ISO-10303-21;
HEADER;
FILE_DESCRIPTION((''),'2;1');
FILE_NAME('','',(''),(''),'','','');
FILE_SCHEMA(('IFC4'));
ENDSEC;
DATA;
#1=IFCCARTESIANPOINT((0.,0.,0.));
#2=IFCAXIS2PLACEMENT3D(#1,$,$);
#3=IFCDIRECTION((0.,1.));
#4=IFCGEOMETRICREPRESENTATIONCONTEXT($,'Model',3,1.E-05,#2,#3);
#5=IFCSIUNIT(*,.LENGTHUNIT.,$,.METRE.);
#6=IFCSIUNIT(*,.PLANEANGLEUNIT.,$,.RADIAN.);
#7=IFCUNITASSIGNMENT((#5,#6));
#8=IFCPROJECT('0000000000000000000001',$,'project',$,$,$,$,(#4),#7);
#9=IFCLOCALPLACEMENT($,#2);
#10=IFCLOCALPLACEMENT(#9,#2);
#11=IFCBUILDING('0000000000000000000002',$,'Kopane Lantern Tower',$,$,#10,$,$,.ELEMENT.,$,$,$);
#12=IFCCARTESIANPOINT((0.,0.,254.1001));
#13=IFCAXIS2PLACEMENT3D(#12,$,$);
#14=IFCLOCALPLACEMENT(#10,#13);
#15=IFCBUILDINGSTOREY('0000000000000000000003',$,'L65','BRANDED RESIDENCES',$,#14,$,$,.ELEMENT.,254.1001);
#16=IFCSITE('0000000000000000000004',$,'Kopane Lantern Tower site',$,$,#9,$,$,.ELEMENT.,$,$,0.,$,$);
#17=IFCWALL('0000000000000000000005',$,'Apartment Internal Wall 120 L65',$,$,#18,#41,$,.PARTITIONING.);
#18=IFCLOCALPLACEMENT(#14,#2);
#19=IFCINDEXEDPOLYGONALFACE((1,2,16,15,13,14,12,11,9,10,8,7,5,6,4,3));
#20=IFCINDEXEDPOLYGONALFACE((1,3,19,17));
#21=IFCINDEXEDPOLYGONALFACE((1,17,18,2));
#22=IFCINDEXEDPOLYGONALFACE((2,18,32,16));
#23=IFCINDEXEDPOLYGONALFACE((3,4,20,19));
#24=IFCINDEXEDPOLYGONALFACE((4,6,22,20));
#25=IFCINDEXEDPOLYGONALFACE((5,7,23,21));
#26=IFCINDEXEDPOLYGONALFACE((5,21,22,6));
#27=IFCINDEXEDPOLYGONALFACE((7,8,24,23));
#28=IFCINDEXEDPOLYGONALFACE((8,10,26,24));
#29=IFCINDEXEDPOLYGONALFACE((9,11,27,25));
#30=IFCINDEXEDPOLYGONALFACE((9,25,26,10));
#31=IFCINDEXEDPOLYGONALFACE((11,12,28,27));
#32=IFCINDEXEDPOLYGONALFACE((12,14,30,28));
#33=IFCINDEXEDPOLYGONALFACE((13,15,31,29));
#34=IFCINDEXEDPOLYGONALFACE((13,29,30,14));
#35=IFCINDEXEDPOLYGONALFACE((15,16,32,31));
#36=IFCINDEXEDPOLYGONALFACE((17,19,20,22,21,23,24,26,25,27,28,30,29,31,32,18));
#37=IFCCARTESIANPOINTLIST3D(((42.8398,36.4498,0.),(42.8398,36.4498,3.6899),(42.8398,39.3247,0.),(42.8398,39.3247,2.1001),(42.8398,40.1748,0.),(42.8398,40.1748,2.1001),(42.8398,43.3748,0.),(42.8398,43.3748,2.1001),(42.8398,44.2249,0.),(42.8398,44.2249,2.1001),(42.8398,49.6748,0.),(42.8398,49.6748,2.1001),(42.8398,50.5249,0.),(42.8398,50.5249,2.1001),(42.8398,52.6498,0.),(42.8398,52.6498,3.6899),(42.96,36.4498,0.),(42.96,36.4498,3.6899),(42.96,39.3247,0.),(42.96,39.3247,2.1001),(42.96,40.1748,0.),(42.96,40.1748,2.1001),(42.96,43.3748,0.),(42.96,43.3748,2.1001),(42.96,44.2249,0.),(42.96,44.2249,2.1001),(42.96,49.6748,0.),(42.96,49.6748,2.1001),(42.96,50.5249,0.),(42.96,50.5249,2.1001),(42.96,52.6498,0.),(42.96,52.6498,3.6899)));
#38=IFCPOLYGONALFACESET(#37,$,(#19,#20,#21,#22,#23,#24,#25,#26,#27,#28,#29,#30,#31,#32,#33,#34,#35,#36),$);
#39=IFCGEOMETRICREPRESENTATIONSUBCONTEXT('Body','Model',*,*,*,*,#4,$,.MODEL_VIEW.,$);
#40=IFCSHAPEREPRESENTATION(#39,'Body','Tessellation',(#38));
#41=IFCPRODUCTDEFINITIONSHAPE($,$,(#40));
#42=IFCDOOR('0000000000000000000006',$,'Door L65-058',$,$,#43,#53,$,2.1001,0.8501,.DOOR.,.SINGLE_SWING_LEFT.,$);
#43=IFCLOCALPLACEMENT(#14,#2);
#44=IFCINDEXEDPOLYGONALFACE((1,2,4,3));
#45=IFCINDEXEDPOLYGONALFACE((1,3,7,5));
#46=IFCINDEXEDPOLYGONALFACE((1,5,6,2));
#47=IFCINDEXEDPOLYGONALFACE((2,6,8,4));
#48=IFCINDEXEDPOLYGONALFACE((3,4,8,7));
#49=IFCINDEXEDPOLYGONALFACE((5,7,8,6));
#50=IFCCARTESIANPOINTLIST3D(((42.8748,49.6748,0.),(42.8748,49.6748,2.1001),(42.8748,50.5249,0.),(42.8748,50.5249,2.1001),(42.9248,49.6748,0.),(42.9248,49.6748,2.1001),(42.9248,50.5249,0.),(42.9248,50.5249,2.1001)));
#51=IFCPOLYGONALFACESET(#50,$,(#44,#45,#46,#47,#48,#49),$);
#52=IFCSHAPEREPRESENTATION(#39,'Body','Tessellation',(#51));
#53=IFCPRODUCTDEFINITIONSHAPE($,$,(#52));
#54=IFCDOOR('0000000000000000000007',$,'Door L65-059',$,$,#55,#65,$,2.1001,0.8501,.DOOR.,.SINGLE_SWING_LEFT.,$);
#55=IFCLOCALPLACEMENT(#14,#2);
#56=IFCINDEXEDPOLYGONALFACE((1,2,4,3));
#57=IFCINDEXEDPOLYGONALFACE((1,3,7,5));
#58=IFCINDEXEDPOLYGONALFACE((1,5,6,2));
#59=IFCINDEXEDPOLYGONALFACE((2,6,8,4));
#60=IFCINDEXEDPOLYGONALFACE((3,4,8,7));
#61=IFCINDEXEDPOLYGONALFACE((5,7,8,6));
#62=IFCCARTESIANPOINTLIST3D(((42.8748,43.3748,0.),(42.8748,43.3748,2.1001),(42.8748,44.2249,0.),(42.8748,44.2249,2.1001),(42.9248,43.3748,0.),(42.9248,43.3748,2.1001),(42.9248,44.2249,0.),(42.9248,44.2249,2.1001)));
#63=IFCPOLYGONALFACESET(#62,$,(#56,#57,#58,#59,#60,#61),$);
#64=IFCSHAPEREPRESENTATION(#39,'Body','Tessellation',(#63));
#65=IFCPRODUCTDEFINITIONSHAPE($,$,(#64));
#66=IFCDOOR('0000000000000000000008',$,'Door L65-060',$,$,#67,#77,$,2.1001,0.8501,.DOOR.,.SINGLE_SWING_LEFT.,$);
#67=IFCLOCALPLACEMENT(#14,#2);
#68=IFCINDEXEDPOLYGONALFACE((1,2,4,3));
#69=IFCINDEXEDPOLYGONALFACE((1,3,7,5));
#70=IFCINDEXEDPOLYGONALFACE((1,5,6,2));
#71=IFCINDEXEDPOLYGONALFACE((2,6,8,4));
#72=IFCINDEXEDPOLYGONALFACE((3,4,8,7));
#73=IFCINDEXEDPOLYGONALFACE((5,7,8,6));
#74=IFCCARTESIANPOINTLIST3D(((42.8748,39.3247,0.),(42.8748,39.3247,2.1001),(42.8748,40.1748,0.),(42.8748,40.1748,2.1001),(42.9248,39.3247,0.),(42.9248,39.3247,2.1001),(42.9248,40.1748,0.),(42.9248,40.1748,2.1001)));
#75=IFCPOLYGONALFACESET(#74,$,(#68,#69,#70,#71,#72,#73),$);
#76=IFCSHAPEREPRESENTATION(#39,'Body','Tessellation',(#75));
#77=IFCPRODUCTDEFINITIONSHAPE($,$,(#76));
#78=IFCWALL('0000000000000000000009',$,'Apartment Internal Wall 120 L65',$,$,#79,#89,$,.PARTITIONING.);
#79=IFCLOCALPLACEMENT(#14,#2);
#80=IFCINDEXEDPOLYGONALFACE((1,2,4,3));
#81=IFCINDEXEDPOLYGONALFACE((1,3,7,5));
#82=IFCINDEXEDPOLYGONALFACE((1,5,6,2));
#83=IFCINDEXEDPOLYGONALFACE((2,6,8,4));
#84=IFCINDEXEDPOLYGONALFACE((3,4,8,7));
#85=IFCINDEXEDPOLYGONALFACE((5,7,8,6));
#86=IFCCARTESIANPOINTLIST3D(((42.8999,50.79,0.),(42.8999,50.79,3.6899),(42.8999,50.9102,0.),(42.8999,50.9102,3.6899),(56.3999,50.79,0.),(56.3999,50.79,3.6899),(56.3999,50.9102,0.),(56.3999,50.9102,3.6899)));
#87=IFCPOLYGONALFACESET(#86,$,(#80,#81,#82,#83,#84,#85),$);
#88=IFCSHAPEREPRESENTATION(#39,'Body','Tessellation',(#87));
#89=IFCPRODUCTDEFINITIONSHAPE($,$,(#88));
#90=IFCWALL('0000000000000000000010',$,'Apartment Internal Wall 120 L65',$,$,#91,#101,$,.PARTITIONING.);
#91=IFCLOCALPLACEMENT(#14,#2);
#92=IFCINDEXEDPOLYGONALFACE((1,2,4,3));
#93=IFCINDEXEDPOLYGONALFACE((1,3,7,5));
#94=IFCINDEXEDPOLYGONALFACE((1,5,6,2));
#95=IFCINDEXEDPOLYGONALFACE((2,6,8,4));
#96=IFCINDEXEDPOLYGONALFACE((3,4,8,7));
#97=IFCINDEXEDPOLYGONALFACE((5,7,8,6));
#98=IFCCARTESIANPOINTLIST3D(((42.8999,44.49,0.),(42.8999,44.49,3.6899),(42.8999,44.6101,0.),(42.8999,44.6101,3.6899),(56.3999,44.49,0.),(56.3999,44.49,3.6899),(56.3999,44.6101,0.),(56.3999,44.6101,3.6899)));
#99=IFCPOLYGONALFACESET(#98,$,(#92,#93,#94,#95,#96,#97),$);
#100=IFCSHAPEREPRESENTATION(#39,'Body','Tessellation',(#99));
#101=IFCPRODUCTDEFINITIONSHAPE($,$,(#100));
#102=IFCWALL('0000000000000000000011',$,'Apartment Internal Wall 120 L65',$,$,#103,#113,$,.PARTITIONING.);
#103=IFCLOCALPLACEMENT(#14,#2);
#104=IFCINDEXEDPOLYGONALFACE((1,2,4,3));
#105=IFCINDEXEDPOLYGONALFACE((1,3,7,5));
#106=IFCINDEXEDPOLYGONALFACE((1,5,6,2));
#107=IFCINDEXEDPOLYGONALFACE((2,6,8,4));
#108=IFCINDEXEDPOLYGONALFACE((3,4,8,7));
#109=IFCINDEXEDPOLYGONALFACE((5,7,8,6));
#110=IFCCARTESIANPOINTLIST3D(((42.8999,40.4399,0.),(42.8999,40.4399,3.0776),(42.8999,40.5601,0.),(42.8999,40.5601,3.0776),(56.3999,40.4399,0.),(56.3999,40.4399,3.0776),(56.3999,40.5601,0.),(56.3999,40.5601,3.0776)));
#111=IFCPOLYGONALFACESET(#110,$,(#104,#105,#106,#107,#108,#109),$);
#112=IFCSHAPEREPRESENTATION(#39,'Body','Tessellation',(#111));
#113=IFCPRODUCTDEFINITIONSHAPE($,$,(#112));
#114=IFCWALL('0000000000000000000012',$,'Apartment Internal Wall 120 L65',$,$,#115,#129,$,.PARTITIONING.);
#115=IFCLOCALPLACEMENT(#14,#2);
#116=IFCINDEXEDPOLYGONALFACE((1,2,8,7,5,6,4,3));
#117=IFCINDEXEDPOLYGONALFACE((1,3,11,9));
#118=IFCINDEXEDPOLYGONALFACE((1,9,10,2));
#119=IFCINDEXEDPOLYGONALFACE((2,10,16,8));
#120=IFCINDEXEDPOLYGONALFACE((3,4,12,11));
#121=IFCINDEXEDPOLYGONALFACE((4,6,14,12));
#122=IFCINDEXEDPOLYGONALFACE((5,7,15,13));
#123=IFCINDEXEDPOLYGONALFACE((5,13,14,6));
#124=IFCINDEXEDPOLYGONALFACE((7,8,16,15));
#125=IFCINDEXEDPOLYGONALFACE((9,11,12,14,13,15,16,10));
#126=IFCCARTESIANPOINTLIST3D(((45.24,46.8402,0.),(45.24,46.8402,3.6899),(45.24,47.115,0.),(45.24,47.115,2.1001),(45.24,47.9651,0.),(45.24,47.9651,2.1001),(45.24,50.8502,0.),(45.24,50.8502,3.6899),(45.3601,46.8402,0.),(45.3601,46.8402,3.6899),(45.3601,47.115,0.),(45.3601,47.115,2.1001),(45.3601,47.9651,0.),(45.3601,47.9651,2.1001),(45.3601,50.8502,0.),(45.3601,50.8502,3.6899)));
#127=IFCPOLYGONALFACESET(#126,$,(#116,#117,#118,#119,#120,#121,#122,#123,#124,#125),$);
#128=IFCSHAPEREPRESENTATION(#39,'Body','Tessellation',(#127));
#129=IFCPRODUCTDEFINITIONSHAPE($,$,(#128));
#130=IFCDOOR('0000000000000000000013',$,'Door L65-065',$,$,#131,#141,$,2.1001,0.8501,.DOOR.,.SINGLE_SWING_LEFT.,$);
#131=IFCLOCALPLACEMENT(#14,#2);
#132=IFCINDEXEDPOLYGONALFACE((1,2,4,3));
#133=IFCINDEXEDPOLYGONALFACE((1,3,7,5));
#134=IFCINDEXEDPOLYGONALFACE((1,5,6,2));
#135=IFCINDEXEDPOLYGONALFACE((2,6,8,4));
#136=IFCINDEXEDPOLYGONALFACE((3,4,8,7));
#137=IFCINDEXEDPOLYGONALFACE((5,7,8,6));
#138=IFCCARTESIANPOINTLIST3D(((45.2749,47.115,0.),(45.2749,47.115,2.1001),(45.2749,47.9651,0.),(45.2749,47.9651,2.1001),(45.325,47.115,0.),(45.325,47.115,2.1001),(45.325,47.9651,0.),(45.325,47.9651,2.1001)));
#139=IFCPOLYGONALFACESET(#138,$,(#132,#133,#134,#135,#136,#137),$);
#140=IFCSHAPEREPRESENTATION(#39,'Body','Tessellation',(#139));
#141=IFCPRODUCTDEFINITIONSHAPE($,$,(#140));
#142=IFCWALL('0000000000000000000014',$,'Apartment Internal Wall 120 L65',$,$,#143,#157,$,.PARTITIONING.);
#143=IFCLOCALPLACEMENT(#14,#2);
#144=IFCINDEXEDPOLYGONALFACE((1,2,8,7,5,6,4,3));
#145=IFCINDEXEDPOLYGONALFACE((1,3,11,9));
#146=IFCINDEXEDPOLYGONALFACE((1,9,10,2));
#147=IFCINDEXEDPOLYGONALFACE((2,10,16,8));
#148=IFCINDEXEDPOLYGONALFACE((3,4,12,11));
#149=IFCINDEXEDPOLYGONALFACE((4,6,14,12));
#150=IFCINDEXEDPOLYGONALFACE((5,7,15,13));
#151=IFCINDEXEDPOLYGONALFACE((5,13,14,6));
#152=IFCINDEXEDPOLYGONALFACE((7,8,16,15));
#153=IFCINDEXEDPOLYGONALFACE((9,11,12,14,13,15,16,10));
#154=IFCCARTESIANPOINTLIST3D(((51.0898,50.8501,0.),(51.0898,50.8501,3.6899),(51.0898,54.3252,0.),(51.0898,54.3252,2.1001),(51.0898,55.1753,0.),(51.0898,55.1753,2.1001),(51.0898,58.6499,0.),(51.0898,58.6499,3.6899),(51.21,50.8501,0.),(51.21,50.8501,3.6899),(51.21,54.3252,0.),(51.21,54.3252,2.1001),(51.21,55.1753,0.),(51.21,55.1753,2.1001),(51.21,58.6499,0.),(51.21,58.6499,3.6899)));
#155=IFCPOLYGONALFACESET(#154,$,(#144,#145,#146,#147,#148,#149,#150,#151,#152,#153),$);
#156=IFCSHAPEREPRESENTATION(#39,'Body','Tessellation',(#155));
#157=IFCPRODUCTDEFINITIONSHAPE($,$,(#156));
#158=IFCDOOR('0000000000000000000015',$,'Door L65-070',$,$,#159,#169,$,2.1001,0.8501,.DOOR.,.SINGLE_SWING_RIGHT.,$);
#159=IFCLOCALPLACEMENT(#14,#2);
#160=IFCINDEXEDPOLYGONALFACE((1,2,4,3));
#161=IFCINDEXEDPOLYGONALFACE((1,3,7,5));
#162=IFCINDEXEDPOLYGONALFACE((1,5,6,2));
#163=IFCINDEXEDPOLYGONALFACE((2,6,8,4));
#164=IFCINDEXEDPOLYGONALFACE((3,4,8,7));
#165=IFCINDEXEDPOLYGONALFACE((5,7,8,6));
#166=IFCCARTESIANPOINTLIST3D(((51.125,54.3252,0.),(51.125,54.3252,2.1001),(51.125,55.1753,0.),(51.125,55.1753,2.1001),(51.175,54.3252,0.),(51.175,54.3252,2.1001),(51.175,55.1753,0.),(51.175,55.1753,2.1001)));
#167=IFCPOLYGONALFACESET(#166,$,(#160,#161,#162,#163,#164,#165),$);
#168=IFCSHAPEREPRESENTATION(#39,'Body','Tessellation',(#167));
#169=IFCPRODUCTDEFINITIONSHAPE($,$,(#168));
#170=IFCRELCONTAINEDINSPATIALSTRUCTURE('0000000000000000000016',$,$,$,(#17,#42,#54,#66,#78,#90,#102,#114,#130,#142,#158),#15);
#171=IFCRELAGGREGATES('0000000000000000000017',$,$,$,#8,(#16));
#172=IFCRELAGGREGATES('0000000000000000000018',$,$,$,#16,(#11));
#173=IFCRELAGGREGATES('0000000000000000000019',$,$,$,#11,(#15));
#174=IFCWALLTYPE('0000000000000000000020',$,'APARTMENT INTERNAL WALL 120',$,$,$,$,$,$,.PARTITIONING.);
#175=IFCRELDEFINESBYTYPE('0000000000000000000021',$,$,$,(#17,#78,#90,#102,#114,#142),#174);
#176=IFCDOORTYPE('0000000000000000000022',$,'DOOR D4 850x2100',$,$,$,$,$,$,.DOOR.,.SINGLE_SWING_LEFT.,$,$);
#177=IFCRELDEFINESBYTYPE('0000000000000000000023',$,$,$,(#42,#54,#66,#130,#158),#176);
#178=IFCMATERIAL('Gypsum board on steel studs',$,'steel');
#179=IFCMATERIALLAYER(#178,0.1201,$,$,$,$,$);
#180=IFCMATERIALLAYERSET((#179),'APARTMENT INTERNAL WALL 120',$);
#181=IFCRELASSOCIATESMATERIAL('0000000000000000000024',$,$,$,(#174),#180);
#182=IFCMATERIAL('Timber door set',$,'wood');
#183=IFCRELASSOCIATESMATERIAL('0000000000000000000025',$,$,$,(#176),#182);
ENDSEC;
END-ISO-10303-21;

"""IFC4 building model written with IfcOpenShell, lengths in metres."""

from ifc_helpers import new_model, si_unit, direction, frame, frame_2d, origin, place, context, subcontext, project, spatial, rectangle, extrude, material, layer, layer_set, type_object, element, fill, save


model = new_model("IFC4")

# Units and contexts
model_context = context("Model", 3, precision=1e-05, world=origin(), true_north=direction((0.0, 1.0)))
body_context = subcontext(model_context, "Body", "Model", "MODEL_VIEW")
ifc_project = project(units=[si_unit("LENGTHUNIT", "METRE"), si_unit("PLANEANGLEUNIT", "RADIAN")], contexts=[model_context])

# Site, building, storey
site_placement = place(None, origin())
site = spatial("IfcSite", under=ifc_project, at=site_placement, Name="Kopane Lantern Tower site", CompositionType="ELEMENT", RefElevation=0.0)
building_placement = place(site_placement, origin())
building = spatial("IfcBuilding", under=site, at=building_placement, Name="Kopane Lantern Tower", CompositionType="ELEMENT")
storey_placement = place(building_placement, frame((0.0, 0.0, 254.1001)))
storey = spatial("IfcBuildingStorey", under=building, at=storey_placement, Name="L65", Description="BRANDED RESIDENCES", CompositionType="ELEMENT", Elevation=254.1001)

# Wall, openings, doors
ifc_material_1 = material(Name="Gypsum board on steel studs", Category="steel")
ifc_layer_1 = layer(ifc_material_1, 0.1201)
ifc_layer_set_1 = layer_set([ifc_layer_1], Name="APARTMENT INTERNAL WALL 120")
wall_type_1 = type_object("IfcWallType", Name="APARTMENT INTERNAL WALL 120", PredefinedType="PARTITIONING", material=ifc_layer_set_1)
wall_1_placement = place(storey_placement, frame((42.8999, 52.6499, 0.0), z_axis=(0.0, 0.0, 1.0), x_axis=(0.0, -1.0, 0.0)))
wall_1 = element("IfcWall", 1, at=wall_1_placement, inside=storey, type_object=wall_type_1, Name="Apartment Internal Wall 120 L65", PredefinedType="PARTITIONING", context=body_context, shape_type="SweptSolid", body=[
    extrude(rectangle(XDim=16.2, YDim=0.1201, at=frame_2d((8.1001, 0.0))), origin(), (0.0, 0.0, 1.0), 3.6899),
])
opening_1_placement = place(wall_1_placement, frame((2.125, 0.0, 0.0)))
opening_1 = element("IfcOpeningElement", 2, at=opening_1_placement, cuts=wall_1, PredefinedType="OPENING", context=body_context, shape_type="SweptSolid", body=[
    extrude(rectangle(XDim=0.8501, YDim=2.1001, at=frame_2d((0.425, 1.05))), frame((0.0, 0.0701, 0.0), z_axis=(0.0, -1.0, 0.0), x_axis=(1.0, 0.0, 0.0)), (0.0, 0.0, 1.0), 0.1401),
])
opening_2_placement = place(wall_1_placement, frame((8.425, 0.0, 0.0)))
opening_2 = element("IfcOpeningElement", 3, at=opening_2_placement, cuts=wall_1, PredefinedType="OPENING", context=body_context, shape_type="SweptSolid", body=[
    extrude(rectangle(XDim=0.8501, YDim=2.1001, at=frame_2d((0.425, 1.05))), frame((0.0, 0.0701, 0.0), z_axis=(0.0, -1.0, 0.0), x_axis=(1.0, 0.0, 0.0)), (0.0, 0.0, 1.0), 0.1401),
])
opening_3_placement = place(wall_1_placement, frame((12.4751, 0.0, 0.0)))
opening_3 = element("IfcOpeningElement", 4, at=opening_3_placement, cuts=wall_1, PredefinedType="OPENING", context=body_context, shape_type="SweptSolid", body=[
    extrude(rectangle(XDim=0.8501, YDim=2.1001, at=frame_2d((0.425, 1.05))), frame((0.0, 0.0701, 0.0), z_axis=(0.0, -1.0, 0.0), x_axis=(1.0, 0.0, 0.0)), (0.0, 0.0, 1.0), 0.1401),
])
ifc_material_2 = material(Name="Timber door set", Category="wood")
door_type_1 = type_object("IfcDoorType", Name="DOOR D4 850x2100", OperationType="SINGLE_SWING_LEFT", PredefinedType="DOOR", material=ifc_material_2)
door_1_placement = place(opening_1_placement, origin())
door_1 = element("IfcDoor", 5, at=door_1_placement, inside=storey, type_object=door_type_1, Name="Door L65-058", OperationType="SINGLE_SWING_LEFT", OverallHeight=2.1001, OverallWidth=0.8501, PredefinedType="DOOR", context=body_context, shape_type="SweptSolid", body=[
    extrude(rectangle(XDim=0.8501, YDim=2.1001, at=frame_2d((0.425, 1.05))), frame((0.0, 0.0249, 0.0), z_axis=(0.0, -1.0, 0.0), x_axis=(1.0, 0.0, 0.0)), (0.0, 0.0, 1.0), 0.05),
])
fill(opening_1, door_1)
door_2_placement = place(opening_2_placement, origin())
door_2 = element("IfcDoor", 6, at=door_2_placement, inside=storey, type_object=door_type_1, Name="Door L65-059", OperationType="SINGLE_SWING_LEFT", OverallHeight=2.1001, OverallWidth=0.8501, PredefinedType="DOOR", context=body_context, shape_type="SweptSolid", body=[
    extrude(rectangle(XDim=0.8501, YDim=2.1001, at=frame_2d((0.425, 1.05))), frame((0.0, 0.0249, 0.0), z_axis=(0.0, -1.0, 0.0), x_axis=(1.0, 0.0, 0.0)), (0.0, 0.0, 1.0), 0.05),
])
fill(opening_2, door_2)
door_3_placement = place(opening_3_placement, origin())
door_3 = element("IfcDoor", 7, at=door_3_placement, inside=storey, type_object=door_type_1, Name="Door L65-060", OperationType="SINGLE_SWING_LEFT", OverallHeight=2.1001, OverallWidth=0.8501, PredefinedType="DOOR", context=body_context, shape_type="SweptSolid", body=[
    extrude(rectangle(XDim=0.8501, YDim=2.1001, at=frame_2d((0.425, 1.05))), frame((0.0, 0.0249, 0.0), z_axis=(0.0, -1.0, 0.0), x_axis=(1.0, 0.0, 0.0)), (0.0, 0.0, 1.0), 0.05),
])
fill(opening_3, door_3)

# Walls
for number, where, z_axis, x_axis, name in (
    (8, (42.8999, 50.8501, 0.0), (0.0, 0.0, 1.0), (1.0, 0.0, 0.0), "Apartment Internal Wall 120 L65"),
    (9, (42.8999, 44.55, 0.0), (0.0, 0.0, 1.0), (1.0, 0.0, 0.0), "Apartment Internal Wall 120 L65"),
):
    element("IfcWall", number, at=place(storey_placement, frame(where, z_axis=z_axis, x_axis=x_axis)), inside=storey, type_object=wall_type_1, Name=name, PredefinedType="PARTITIONING", context=body_context, shape_type="SweptSolid", body=[
        extrude(rectangle(XDim=13.5, YDim=0.1201, at=frame_2d((6.75, 0.0))), origin(), (0.0, 0.0, 1.0), 3.6899),
    ])
wall_2_placement = place(storey_placement, frame((42.8999, 40.5, 0.0), z_axis=(0.0, 0.0, 1.0), x_axis=(1.0, 0.0, 0.0)))
element("IfcWall", 10, at=wall_2_placement, inside=storey, type_object=wall_type_1, Name="Apartment Internal Wall 120 L65", PredefinedType="PARTITIONING", context=body_context, shape_type="SweptSolid", body=[
    extrude(rectangle(XDim=13.5, YDim=0.1201, at=frame_2d((6.75, 0.0))), origin(), (0.0, 0.0, 1.0), 3.0776),
])

# Walls, openings, doors
wall_3_placement = place(storey_placement, frame((45.3, 50.8501, 0.0), z_axis=(0.0, 0.0, 1.0), x_axis=(0.0, -1.0, 0.0)))
wall_3 = element("IfcWall", 11, at=wall_3_placement, inside=storey, type_object=wall_type_1, Name="Apartment Internal Wall 120 L65", PredefinedType="PARTITIONING", context=body_context, shape_type="SweptSolid", body=[
    extrude(rectangle(XDim=4.01, YDim=0.1201, at=frame_2d((2.0049, 0.0))), origin(), (0.0, 0.0, 1.0), 3.6899),
])
opening_4_placement = place(wall_3_placement, frame((2.885, 0.0, 0.0)))
opening_4 = element("IfcOpeningElement", 12, at=opening_4_placement, cuts=wall_3, PredefinedType="OPENING", context=body_context, shape_type="SweptSolid", body=[
    extrude(rectangle(XDim=0.8501, YDim=2.1001, at=frame_2d((0.425, 1.05))), frame((0.0, 0.0701, 0.0), z_axis=(0.0, -1.0, 0.0), x_axis=(1.0, 0.0, 0.0)), (0.0, 0.0, 1.0), 0.1401),
])
door_4_placement = place(opening_4_placement, origin())
door_4 = element("IfcDoor", 13, at=door_4_placement, inside=storey, type_object=door_type_1, Name="Door L65-065", OperationType="SINGLE_SWING_LEFT", OverallHeight=2.1001, OverallWidth=0.8501, PredefinedType="DOOR", context=body_context, shape_type="SweptSolid", body=[
    extrude(rectangle(XDim=0.8501, YDim=2.1001, at=frame_2d((0.425, 1.05))), frame((0.0, 0.0249, 0.0), z_axis=(0.0, -1.0, 0.0), x_axis=(1.0, 0.0, 0.0)), (0.0, 0.0, 1.0), 0.05),
])
fill(opening_4, door_4)
wall_4_placement = place(storey_placement, frame((51.1499, 50.8501, 0.0), z_axis=(0.0, 0.0, 1.0), x_axis=(0.0, 1.0, 0.0)))
wall_4 = element("IfcWall", 14, at=wall_4_placement, inside=storey, type_object=wall_type_1, Name="Apartment Internal Wall 120 L65", PredefinedType="PARTITIONING", context=body_context, shape_type="SweptSolid", body=[
    extrude(rectangle(XDim=7.7998, YDim=0.1201, at=frame_2d((3.8999, 0.0))), origin(), (0.0, 0.0, 1.0), 3.6899),
])
opening_5_placement = place(wall_4_placement, frame((3.4751, 0.0, 0.0)))
opening_5 = element("IfcOpeningElement", 15, at=opening_5_placement, cuts=wall_4, PredefinedType="OPENING", context=body_context, shape_type="SweptSolid", body=[
    extrude(rectangle(XDim=0.8501, YDim=2.1001, at=frame_2d((0.425, 1.05))), frame((0.0, 0.0701, 0.0), z_axis=(0.0, -1.0, 0.0), x_axis=(1.0, 0.0, 0.0)), (0.0, 0.0, 1.0), 0.1401),
])
door_5_placement = place(opening_5_placement, origin())
door_5 = element("IfcDoor", 16, at=door_5_placement, inside=storey, type_object=door_type_1, Name="Door L65-070", OperationType="SINGLE_SWING_RIGHT", OverallHeight=2.1001, OverallWidth=0.8501, PredefinedType="DOOR", context=body_context, shape_type="SweptSolid", body=[
    extrude(rectangle(XDim=0.8501, YDim=2.1001, at=frame_2d((0.425, 1.05))), frame((0.0, 0.0249, 0.0), z_axis=(0.0, -1.0, 0.0), x_axis=(1.0, 0.0, 0.0)), (0.0, 0.0, 1.0), 0.05),
])
fill(opening_5, door_5)

save(model, "model.ifc")
